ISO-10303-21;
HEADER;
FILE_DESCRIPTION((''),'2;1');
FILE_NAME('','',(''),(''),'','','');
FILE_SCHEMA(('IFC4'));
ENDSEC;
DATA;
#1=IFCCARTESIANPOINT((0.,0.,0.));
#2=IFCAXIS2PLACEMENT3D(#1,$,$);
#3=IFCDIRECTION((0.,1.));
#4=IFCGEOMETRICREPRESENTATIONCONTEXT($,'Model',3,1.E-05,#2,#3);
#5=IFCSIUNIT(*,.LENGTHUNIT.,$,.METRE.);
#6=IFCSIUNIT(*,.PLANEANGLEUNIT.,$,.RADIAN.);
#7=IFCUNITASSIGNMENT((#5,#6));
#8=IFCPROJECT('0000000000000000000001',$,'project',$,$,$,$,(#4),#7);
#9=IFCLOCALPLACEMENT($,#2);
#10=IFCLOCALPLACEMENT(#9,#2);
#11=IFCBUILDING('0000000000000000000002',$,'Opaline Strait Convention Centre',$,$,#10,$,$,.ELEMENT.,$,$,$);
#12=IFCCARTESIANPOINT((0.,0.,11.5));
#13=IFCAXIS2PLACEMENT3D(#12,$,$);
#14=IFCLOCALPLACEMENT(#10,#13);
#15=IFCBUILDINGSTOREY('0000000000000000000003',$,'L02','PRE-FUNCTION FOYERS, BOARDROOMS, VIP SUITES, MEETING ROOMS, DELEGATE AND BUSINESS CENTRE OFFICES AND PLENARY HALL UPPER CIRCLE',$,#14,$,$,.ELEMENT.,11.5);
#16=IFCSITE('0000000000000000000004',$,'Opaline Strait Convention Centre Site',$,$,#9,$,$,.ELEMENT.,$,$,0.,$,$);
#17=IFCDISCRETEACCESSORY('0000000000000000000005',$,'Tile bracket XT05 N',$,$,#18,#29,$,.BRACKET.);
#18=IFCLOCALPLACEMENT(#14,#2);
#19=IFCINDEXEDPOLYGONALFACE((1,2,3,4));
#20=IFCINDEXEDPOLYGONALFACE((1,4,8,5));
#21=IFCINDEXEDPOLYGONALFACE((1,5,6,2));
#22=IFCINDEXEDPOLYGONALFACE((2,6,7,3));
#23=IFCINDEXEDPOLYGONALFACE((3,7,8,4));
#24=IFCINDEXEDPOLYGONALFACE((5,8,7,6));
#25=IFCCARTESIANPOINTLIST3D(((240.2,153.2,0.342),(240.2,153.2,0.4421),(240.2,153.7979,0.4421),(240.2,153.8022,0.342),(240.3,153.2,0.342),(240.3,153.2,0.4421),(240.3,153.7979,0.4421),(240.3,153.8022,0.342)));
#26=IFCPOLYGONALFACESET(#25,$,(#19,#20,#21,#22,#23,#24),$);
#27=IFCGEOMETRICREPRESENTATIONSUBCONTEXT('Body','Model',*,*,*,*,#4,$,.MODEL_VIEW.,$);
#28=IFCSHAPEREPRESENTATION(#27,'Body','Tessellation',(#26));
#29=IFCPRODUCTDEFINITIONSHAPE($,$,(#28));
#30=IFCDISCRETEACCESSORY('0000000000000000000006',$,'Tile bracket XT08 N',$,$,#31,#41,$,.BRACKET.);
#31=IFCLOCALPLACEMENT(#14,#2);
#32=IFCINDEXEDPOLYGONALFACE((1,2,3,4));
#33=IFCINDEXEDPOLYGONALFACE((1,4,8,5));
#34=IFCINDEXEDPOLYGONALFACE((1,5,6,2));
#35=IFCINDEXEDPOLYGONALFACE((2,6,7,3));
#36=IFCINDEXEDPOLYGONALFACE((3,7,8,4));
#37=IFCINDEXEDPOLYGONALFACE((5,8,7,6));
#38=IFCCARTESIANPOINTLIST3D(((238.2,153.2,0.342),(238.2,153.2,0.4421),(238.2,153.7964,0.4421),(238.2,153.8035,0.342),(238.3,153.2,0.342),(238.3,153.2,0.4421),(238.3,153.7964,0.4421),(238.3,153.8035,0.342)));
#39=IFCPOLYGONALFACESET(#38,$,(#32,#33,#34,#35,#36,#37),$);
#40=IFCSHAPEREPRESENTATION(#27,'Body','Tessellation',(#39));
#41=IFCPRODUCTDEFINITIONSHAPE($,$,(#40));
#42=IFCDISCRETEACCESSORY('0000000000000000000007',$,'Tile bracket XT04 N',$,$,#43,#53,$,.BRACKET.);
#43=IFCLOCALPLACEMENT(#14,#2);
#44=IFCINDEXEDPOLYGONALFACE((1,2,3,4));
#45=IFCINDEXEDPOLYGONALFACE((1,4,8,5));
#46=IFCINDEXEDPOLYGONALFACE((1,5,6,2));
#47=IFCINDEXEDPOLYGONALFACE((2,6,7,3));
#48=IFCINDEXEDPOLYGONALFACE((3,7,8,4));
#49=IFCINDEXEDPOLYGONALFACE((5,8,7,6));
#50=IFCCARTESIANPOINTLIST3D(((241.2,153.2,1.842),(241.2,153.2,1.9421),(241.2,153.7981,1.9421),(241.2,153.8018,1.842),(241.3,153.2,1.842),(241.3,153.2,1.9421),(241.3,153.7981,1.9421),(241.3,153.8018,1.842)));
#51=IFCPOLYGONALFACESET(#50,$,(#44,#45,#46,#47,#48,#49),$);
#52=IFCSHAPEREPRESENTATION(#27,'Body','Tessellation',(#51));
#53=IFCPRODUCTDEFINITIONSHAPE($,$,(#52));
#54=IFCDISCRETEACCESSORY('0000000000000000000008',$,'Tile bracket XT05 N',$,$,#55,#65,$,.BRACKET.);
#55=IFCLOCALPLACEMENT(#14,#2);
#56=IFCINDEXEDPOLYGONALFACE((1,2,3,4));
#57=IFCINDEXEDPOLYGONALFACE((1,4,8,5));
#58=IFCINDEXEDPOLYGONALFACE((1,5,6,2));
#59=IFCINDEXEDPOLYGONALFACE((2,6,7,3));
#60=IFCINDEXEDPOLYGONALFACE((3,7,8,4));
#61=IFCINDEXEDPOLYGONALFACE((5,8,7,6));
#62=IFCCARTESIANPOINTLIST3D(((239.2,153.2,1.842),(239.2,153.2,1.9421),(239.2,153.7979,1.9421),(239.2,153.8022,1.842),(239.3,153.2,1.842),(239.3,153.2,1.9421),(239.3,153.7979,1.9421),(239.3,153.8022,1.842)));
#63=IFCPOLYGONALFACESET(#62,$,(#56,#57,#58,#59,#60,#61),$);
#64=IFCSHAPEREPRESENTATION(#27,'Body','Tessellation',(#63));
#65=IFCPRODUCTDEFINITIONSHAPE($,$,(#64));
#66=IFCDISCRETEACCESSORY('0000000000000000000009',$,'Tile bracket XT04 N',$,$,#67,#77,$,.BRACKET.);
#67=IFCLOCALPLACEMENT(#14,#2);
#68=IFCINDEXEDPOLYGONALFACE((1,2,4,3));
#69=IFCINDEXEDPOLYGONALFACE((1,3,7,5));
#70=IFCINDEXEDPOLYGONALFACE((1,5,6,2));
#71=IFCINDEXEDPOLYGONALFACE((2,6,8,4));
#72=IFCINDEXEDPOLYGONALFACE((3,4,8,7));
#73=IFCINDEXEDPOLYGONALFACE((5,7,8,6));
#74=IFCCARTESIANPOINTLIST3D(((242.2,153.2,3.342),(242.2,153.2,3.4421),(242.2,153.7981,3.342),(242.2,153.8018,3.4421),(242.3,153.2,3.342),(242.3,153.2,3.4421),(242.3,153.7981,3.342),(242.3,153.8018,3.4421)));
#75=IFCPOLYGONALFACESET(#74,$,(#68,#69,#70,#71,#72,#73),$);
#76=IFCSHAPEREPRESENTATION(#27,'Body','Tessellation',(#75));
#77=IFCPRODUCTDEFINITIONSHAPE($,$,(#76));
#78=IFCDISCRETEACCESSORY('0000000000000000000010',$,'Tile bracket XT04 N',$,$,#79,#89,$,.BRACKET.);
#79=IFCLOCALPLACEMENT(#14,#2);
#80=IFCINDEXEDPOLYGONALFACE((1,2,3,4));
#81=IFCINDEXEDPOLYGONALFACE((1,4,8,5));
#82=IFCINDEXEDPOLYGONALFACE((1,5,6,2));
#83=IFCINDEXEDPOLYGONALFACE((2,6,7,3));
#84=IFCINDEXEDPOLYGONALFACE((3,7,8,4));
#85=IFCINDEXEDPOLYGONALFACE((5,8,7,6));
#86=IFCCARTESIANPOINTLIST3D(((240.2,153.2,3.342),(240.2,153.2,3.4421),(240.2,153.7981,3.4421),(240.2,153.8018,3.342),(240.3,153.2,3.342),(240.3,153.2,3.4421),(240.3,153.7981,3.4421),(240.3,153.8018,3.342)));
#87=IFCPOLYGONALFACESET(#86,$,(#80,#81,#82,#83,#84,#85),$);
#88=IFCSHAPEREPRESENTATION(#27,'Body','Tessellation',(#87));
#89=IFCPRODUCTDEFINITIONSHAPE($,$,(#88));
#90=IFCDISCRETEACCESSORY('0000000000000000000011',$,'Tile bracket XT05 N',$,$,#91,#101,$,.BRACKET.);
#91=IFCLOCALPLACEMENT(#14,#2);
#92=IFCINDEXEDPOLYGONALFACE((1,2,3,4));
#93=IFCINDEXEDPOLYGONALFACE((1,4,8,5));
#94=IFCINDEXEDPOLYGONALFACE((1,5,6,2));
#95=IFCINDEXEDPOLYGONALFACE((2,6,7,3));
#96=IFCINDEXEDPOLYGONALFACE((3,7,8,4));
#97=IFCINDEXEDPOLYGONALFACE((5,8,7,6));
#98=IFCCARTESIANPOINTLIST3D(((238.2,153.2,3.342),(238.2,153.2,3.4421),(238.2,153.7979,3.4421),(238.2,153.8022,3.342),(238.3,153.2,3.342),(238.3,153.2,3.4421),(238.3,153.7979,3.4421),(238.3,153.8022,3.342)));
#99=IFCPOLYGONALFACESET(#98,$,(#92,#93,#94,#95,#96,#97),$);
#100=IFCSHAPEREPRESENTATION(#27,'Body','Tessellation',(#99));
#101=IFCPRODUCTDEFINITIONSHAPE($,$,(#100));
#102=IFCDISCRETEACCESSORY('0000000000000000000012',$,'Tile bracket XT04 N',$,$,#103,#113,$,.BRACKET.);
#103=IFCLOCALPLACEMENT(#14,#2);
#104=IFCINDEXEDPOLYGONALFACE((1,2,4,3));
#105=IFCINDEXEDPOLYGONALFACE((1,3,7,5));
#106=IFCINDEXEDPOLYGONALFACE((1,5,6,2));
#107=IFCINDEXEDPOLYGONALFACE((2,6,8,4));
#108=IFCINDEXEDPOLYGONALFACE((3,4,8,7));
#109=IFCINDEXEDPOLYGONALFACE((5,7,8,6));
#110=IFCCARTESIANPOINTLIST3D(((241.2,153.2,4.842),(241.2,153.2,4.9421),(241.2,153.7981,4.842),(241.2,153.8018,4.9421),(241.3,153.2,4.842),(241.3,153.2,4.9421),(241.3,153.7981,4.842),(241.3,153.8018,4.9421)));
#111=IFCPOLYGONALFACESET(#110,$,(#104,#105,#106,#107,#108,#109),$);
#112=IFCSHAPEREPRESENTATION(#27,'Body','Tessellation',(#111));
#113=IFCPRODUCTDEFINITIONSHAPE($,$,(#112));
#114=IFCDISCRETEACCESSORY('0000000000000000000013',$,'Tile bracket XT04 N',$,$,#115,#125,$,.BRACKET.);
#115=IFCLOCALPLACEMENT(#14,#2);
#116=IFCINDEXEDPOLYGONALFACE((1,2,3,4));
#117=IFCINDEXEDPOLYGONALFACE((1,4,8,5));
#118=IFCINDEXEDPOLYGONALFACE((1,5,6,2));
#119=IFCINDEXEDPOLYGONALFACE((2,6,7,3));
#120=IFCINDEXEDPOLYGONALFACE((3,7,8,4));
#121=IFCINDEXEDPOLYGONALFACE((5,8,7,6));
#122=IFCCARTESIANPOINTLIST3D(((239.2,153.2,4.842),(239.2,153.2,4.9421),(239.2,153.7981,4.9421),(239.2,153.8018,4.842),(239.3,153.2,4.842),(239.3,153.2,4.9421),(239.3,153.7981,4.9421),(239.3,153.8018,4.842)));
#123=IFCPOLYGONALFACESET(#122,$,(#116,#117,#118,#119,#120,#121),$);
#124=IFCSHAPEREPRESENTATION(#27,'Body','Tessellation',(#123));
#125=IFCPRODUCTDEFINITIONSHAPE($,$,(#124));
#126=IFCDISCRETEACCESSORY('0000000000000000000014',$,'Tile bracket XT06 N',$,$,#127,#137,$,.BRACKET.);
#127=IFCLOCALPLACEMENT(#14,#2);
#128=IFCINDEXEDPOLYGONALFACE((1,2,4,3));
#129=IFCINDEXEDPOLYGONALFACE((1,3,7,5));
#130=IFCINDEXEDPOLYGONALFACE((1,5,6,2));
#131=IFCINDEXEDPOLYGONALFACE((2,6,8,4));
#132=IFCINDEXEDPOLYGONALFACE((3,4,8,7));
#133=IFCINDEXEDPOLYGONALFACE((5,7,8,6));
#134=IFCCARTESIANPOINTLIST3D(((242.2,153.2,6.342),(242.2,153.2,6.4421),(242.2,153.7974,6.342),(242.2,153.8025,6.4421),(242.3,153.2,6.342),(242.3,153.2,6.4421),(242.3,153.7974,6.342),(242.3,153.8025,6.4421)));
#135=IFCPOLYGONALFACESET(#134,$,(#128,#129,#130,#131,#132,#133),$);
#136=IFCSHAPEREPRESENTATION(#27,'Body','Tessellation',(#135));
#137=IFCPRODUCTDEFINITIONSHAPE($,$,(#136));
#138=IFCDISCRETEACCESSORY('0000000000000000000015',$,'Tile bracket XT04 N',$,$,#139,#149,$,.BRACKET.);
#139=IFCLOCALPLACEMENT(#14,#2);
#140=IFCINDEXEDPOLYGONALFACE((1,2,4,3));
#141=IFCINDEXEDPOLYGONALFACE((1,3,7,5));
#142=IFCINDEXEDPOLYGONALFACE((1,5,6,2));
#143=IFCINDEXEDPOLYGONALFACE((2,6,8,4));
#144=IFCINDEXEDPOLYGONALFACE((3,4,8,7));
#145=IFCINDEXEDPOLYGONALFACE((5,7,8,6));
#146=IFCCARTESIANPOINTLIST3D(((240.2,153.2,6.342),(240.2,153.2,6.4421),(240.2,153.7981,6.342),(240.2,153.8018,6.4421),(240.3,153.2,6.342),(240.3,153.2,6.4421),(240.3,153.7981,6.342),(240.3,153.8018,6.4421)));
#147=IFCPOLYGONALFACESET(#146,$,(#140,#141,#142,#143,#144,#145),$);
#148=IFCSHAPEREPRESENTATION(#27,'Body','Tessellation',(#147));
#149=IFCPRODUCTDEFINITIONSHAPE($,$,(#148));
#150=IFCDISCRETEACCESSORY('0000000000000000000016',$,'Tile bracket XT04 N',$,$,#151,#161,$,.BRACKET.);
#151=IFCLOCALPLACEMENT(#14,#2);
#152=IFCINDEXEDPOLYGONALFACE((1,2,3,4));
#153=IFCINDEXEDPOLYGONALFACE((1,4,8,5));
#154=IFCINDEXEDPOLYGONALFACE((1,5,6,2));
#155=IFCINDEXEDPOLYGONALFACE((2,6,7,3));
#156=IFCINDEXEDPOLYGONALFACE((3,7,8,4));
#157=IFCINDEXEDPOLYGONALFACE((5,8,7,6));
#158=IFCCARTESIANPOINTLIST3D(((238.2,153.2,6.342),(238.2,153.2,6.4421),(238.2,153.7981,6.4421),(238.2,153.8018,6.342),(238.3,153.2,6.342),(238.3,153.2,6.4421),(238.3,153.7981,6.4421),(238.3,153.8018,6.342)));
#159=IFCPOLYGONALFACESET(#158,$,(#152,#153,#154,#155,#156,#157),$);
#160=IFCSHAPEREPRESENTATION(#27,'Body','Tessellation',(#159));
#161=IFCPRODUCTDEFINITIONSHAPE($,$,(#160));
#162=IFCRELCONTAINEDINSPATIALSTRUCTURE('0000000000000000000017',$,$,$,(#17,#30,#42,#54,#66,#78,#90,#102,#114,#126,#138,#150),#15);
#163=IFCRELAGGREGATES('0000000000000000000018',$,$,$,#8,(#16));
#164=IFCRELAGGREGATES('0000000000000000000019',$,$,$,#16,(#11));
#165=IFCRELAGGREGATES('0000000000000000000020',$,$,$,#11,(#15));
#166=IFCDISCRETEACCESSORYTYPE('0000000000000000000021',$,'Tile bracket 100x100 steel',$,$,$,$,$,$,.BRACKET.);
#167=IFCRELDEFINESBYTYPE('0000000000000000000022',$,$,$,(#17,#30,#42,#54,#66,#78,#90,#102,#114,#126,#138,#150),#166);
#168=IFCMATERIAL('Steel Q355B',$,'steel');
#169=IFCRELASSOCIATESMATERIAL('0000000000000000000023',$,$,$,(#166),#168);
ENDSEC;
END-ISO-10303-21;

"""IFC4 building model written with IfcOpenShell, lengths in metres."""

from ifc_helpers import new_model, si_unit, direction, frame, origin, place, context, subcontext, project, spatial, polyline, outline, extrude, material, type_object, element, save


model = new_model("IFC4")

# Units and contexts
model_context = context("Model", 3, precision=1e-05, world=origin(), true_north=direction((0.0, 1.0)))
body_context = subcontext(model_context, "Body", "Model", "MODEL_VIEW")
ifc_project = project(units=[si_unit("LENGTHUNIT", "METRE"), si_unit("PLANEANGLEUNIT", "RADIAN")], contexts=[model_context])

# Site, building, storey
site_placement = place(None, origin())
site = spatial("IfcSite", under=ifc_project, at=site_placement, Name="Opaline Strait Convention Centre Site", CompositionType="ELEMENT", RefElevation=0.0)
building_placement = place(site_placement, origin())
building = spatial("IfcBuilding", under=site, at=building_placement, Name="Opaline Strait Convention Centre", CompositionType="ELEMENT")
storey_placement = place(building_placement, frame((0.0, 0.0, 11.5)))
storey = spatial("IfcBuildingStorey", under=building, at=storey_placement, Name="L02", Description="PRE-FUNCTION FOYERS, BOARDROOMS, VIP SUITES, MEETING ROOMS, DELEGATE AND BUSINESS CENTRE OFFICES AND PLENARY HALL UPPER CIRCLE", CompositionType="ELEMENT", Elevation=11.5)

# Shared definitions
ifc_material_1 = material(Name="Steel Q355B", Category="steel")

# Discrete accessories
discrete_accessory_type = type_object("IfcDiscreteAccessoryType", Name="Tile bracket 100x100 steel", PredefinedType="BRACKET", material=ifc_material_1)
discrete_accessory_1_placement = place(storey_placement, frame((240.3, 153.2, 0.3921), z_axis=(-1.0, 0.0, 0.0), x_axis=(0.0, -1.0, 0.0)))
element("IfcDiscreteAccessory", 1, at=discrete_accessory_1_placement, inside=storey, type_object=discrete_accessory_type, Name="Tile bracket XT05 N", PredefinedType="BRACKET", context=body_context, shape_type="SweptSolid", body=[
    extrude(outline(polyline([(0.0, -0.05), (0.0, 0.05), (-0.5979, 0.05), (-0.6023, -0.05), (0.0, -0.05)])), origin(), (0.0, 0.0, 1.0), 0.1001),
])
discrete_accessory_2_placement = place(storey_placement, frame((238.3, 153.2, 0.3921), z_axis=(-1.0, 0.0, 0.0), x_axis=(0.0, -1.0, 0.0)))
element("IfcDiscreteAccessory", 2, at=discrete_accessory_2_placement, inside=storey, type_object=discrete_accessory_type, Name="Tile bracket XT08 N", PredefinedType="BRACKET", context=body_context, shape_type="SweptSolid", body=[
    extrude(outline(polyline([(0.0, -0.05), (0.0, 0.05), (-0.5964, 0.05), (-0.6035, -0.05), (0.0, -0.05)])), origin(), (0.0, 0.0, 1.0), 0.1001),
])
discrete_accessory_3_placement = place(storey_placement, frame((241.3, 153.2, 1.8921), z_axis=(-1.0, 0.0, 0.0), x_axis=(0.0, -1.0, 0.0)))
element("IfcDiscreteAccessory", 3, at=discrete_accessory_3_placement, inside=storey, type_object=discrete_accessory_type, Name="Tile bracket XT04 N", PredefinedType="BRACKET", context=body_context, shape_type="SweptSolid", body=[
    extrude(outline(polyline([(0.0, -0.05), (0.0, 0.05), (-0.5981, 0.05), (-0.6018, -0.05), (0.0, -0.05)])), origin(), (0.0, 0.0, 1.0), 0.1001),
])
discrete_accessory_4_placement = place(storey_placement, frame((239.3, 153.2, 1.8921), z_axis=(-1.0, 0.0, 0.0), x_axis=(0.0, -1.0, 0.0)))
element("IfcDiscreteAccessory", 4, at=discrete_accessory_4_placement, inside=storey, type_object=discrete_accessory_type, Name="Tile bracket XT05 N", PredefinedType="BRACKET", context=body_context, shape_type="SweptSolid", body=[
    extrude(outline(polyline([(0.0, -0.05), (0.0, 0.05), (-0.5979, 0.05), (-0.6023, -0.05), (0.0, -0.05)])), origin(), (0.0, 0.0, 1.0), 0.1001),
])
discrete_accessory_5_placement = place(storey_placement, frame((242.3, 153.2, 3.3921), z_axis=(-1.0, 0.0, 0.0), x_axis=(0.0, -1.0, 0.0)))
element("IfcDiscreteAccessory", 5, at=discrete_accessory_5_placement, inside=storey, type_object=discrete_accessory_type, Name="Tile bracket XT04 N", PredefinedType="BRACKET", context=body_context, shape_type="SweptSolid", body=[
    extrude(outline(polyline([(0.0, -0.05), (0.0, 0.05), (-0.6018, 0.05), (-0.5981, -0.05), (0.0, -0.05)])), origin(), (0.0, 0.0, 1.0), 0.1001),
])
discrete_accessory_6_placement = place(storey_placement, frame((240.3, 153.2, 3.3921), z_axis=(-1.0, 0.0, 0.0), x_axis=(0.0, -1.0, 0.0)))
element("IfcDiscreteAccessory", 6, at=discrete_accessory_6_placement, inside=storey, type_object=discrete_accessory_type, Name="Tile bracket XT04 N", PredefinedType="BRACKET", context=body_context, shape_type="SweptSolid", body=[
    extrude(outline(polyline([(0.0, -0.05), (0.0, 0.05), (-0.5981, 0.05), (-0.6018, -0.05), (0.0, -0.05)])), origin(), (0.0, 0.0, 1.0), 0.1001),
])
discrete_accessory_7_placement = place(storey_placement, frame((238.3, 153.2, 3.3921), z_axis=(-1.0, 0.0, 0.0), x_axis=(0.0, -1.0, 0.0)))
element("IfcDiscreteAccessory", 7, at=discrete_accessory_7_placement, inside=storey, type_object=discrete_accessory_type, Name="Tile bracket XT05 N", PredefinedType="BRACKET", context=body_context, shape_type="SweptSolid", body=[
    extrude(outline(polyline([(0.0, -0.05), (0.0, 0.05), (-0.5979, 0.05), (-0.6023, -0.05), (0.0, -0.05)])), origin(), (0.0, 0.0, 1.0), 0.1001),
])
discrete_accessory_8_placement = place(storey_placement, frame((241.3, 153.2, 4.8921), z_axis=(-1.0, 0.0, 0.0), x_axis=(0.0, -1.0, 0.0)))
element("IfcDiscreteAccessory", 8, at=discrete_accessory_8_placement, inside=storey, type_object=discrete_accessory_type, Name="Tile bracket XT04 N", PredefinedType="BRACKET", context=body_context, shape_type="SweptSolid", body=[
    extrude(outline(polyline([(0.0, -0.05), (0.0, 0.05), (-0.6018, 0.05), (-0.5981, -0.05), (0.0, -0.05)])), origin(), (0.0, 0.0, 1.0), 0.1001),
])
discrete_accessory_9_placement = place(storey_placement, frame((239.3, 153.2, 4.8921), z_axis=(-1.0, 0.0, 0.0), x_axis=(0.0, -1.0, 0.0)))
element("IfcDiscreteAccessory", 9, at=discrete_accessory_9_placement, inside=storey, type_object=discrete_accessory_type, Name="Tile bracket XT04 N", PredefinedType="BRACKET", context=body_context, shape_type="SweptSolid", body=[
    extrude(outline(polyline([(0.0, -0.05), (0.0, 0.05), (-0.5981, 0.05), (-0.6018, -0.05), (0.0, -0.05)])), origin(), (0.0, 0.0, 1.0), 0.1001),
])
discrete_accessory_10_placement = place(storey_placement, frame((242.3, 153.2, 6.3921), z_axis=(-1.0, 0.0, 0.0), x_axis=(0.0, -1.0, 0.0)))
element("IfcDiscreteAccessory", 10, at=discrete_accessory_10_placement, inside=storey, type_object=discrete_accessory_type, Name="Tile bracket XT06 N", PredefinedType="BRACKET", context=body_context, shape_type="SweptSolid", body=[
    extrude(outline(polyline([(0.0, -0.05), (0.0, 0.05), (-0.6025, 0.05), (-0.5974, -0.05), (0.0, -0.05)])), origin(), (0.0, 0.0, 1.0), 0.1001),
])
discrete_accessory_11_placement = place(storey_placement, frame((240.3, 153.2, 6.3921), z_axis=(-1.0, 0.0, 0.0), x_axis=(0.0, -1.0, 0.0)))
element("IfcDiscreteAccessory", 11, at=discrete_accessory_11_placement, inside=storey, type_object=discrete_accessory_type, Name="Tile bracket XT04 N", PredefinedType="BRACKET", context=body_context, shape_type="SweptSolid", body=[
    extrude(outline(polyline([(0.0, -0.05), (0.0, 0.05), (-0.6018, 0.05), (-0.5981, -0.05), (0.0, -0.05)])), origin(), (0.0, 0.0, 1.0), 0.1001),
])
discrete_accessory_12_placement = place(storey_placement, frame((238.3, 153.2, 6.3921), z_axis=(-1.0, 0.0, 0.0), x_axis=(0.0, -1.0, 0.0)))
element("IfcDiscreteAccessory", 12, at=discrete_accessory_12_placement, inside=storey, type_object=discrete_accessory_type, Name="Tile bracket XT04 N", PredefinedType="BRACKET", context=body_context, shape_type="SweptSolid", body=[
    extrude(outline(polyline([(0.0, -0.05), (0.0, 0.05), (-0.5981, 0.05), (-0.6018, -0.05), (0.0, -0.05)])), origin(), (0.0, 0.0, 1.0), 0.1001),
])

save(model, "model.ifc")
